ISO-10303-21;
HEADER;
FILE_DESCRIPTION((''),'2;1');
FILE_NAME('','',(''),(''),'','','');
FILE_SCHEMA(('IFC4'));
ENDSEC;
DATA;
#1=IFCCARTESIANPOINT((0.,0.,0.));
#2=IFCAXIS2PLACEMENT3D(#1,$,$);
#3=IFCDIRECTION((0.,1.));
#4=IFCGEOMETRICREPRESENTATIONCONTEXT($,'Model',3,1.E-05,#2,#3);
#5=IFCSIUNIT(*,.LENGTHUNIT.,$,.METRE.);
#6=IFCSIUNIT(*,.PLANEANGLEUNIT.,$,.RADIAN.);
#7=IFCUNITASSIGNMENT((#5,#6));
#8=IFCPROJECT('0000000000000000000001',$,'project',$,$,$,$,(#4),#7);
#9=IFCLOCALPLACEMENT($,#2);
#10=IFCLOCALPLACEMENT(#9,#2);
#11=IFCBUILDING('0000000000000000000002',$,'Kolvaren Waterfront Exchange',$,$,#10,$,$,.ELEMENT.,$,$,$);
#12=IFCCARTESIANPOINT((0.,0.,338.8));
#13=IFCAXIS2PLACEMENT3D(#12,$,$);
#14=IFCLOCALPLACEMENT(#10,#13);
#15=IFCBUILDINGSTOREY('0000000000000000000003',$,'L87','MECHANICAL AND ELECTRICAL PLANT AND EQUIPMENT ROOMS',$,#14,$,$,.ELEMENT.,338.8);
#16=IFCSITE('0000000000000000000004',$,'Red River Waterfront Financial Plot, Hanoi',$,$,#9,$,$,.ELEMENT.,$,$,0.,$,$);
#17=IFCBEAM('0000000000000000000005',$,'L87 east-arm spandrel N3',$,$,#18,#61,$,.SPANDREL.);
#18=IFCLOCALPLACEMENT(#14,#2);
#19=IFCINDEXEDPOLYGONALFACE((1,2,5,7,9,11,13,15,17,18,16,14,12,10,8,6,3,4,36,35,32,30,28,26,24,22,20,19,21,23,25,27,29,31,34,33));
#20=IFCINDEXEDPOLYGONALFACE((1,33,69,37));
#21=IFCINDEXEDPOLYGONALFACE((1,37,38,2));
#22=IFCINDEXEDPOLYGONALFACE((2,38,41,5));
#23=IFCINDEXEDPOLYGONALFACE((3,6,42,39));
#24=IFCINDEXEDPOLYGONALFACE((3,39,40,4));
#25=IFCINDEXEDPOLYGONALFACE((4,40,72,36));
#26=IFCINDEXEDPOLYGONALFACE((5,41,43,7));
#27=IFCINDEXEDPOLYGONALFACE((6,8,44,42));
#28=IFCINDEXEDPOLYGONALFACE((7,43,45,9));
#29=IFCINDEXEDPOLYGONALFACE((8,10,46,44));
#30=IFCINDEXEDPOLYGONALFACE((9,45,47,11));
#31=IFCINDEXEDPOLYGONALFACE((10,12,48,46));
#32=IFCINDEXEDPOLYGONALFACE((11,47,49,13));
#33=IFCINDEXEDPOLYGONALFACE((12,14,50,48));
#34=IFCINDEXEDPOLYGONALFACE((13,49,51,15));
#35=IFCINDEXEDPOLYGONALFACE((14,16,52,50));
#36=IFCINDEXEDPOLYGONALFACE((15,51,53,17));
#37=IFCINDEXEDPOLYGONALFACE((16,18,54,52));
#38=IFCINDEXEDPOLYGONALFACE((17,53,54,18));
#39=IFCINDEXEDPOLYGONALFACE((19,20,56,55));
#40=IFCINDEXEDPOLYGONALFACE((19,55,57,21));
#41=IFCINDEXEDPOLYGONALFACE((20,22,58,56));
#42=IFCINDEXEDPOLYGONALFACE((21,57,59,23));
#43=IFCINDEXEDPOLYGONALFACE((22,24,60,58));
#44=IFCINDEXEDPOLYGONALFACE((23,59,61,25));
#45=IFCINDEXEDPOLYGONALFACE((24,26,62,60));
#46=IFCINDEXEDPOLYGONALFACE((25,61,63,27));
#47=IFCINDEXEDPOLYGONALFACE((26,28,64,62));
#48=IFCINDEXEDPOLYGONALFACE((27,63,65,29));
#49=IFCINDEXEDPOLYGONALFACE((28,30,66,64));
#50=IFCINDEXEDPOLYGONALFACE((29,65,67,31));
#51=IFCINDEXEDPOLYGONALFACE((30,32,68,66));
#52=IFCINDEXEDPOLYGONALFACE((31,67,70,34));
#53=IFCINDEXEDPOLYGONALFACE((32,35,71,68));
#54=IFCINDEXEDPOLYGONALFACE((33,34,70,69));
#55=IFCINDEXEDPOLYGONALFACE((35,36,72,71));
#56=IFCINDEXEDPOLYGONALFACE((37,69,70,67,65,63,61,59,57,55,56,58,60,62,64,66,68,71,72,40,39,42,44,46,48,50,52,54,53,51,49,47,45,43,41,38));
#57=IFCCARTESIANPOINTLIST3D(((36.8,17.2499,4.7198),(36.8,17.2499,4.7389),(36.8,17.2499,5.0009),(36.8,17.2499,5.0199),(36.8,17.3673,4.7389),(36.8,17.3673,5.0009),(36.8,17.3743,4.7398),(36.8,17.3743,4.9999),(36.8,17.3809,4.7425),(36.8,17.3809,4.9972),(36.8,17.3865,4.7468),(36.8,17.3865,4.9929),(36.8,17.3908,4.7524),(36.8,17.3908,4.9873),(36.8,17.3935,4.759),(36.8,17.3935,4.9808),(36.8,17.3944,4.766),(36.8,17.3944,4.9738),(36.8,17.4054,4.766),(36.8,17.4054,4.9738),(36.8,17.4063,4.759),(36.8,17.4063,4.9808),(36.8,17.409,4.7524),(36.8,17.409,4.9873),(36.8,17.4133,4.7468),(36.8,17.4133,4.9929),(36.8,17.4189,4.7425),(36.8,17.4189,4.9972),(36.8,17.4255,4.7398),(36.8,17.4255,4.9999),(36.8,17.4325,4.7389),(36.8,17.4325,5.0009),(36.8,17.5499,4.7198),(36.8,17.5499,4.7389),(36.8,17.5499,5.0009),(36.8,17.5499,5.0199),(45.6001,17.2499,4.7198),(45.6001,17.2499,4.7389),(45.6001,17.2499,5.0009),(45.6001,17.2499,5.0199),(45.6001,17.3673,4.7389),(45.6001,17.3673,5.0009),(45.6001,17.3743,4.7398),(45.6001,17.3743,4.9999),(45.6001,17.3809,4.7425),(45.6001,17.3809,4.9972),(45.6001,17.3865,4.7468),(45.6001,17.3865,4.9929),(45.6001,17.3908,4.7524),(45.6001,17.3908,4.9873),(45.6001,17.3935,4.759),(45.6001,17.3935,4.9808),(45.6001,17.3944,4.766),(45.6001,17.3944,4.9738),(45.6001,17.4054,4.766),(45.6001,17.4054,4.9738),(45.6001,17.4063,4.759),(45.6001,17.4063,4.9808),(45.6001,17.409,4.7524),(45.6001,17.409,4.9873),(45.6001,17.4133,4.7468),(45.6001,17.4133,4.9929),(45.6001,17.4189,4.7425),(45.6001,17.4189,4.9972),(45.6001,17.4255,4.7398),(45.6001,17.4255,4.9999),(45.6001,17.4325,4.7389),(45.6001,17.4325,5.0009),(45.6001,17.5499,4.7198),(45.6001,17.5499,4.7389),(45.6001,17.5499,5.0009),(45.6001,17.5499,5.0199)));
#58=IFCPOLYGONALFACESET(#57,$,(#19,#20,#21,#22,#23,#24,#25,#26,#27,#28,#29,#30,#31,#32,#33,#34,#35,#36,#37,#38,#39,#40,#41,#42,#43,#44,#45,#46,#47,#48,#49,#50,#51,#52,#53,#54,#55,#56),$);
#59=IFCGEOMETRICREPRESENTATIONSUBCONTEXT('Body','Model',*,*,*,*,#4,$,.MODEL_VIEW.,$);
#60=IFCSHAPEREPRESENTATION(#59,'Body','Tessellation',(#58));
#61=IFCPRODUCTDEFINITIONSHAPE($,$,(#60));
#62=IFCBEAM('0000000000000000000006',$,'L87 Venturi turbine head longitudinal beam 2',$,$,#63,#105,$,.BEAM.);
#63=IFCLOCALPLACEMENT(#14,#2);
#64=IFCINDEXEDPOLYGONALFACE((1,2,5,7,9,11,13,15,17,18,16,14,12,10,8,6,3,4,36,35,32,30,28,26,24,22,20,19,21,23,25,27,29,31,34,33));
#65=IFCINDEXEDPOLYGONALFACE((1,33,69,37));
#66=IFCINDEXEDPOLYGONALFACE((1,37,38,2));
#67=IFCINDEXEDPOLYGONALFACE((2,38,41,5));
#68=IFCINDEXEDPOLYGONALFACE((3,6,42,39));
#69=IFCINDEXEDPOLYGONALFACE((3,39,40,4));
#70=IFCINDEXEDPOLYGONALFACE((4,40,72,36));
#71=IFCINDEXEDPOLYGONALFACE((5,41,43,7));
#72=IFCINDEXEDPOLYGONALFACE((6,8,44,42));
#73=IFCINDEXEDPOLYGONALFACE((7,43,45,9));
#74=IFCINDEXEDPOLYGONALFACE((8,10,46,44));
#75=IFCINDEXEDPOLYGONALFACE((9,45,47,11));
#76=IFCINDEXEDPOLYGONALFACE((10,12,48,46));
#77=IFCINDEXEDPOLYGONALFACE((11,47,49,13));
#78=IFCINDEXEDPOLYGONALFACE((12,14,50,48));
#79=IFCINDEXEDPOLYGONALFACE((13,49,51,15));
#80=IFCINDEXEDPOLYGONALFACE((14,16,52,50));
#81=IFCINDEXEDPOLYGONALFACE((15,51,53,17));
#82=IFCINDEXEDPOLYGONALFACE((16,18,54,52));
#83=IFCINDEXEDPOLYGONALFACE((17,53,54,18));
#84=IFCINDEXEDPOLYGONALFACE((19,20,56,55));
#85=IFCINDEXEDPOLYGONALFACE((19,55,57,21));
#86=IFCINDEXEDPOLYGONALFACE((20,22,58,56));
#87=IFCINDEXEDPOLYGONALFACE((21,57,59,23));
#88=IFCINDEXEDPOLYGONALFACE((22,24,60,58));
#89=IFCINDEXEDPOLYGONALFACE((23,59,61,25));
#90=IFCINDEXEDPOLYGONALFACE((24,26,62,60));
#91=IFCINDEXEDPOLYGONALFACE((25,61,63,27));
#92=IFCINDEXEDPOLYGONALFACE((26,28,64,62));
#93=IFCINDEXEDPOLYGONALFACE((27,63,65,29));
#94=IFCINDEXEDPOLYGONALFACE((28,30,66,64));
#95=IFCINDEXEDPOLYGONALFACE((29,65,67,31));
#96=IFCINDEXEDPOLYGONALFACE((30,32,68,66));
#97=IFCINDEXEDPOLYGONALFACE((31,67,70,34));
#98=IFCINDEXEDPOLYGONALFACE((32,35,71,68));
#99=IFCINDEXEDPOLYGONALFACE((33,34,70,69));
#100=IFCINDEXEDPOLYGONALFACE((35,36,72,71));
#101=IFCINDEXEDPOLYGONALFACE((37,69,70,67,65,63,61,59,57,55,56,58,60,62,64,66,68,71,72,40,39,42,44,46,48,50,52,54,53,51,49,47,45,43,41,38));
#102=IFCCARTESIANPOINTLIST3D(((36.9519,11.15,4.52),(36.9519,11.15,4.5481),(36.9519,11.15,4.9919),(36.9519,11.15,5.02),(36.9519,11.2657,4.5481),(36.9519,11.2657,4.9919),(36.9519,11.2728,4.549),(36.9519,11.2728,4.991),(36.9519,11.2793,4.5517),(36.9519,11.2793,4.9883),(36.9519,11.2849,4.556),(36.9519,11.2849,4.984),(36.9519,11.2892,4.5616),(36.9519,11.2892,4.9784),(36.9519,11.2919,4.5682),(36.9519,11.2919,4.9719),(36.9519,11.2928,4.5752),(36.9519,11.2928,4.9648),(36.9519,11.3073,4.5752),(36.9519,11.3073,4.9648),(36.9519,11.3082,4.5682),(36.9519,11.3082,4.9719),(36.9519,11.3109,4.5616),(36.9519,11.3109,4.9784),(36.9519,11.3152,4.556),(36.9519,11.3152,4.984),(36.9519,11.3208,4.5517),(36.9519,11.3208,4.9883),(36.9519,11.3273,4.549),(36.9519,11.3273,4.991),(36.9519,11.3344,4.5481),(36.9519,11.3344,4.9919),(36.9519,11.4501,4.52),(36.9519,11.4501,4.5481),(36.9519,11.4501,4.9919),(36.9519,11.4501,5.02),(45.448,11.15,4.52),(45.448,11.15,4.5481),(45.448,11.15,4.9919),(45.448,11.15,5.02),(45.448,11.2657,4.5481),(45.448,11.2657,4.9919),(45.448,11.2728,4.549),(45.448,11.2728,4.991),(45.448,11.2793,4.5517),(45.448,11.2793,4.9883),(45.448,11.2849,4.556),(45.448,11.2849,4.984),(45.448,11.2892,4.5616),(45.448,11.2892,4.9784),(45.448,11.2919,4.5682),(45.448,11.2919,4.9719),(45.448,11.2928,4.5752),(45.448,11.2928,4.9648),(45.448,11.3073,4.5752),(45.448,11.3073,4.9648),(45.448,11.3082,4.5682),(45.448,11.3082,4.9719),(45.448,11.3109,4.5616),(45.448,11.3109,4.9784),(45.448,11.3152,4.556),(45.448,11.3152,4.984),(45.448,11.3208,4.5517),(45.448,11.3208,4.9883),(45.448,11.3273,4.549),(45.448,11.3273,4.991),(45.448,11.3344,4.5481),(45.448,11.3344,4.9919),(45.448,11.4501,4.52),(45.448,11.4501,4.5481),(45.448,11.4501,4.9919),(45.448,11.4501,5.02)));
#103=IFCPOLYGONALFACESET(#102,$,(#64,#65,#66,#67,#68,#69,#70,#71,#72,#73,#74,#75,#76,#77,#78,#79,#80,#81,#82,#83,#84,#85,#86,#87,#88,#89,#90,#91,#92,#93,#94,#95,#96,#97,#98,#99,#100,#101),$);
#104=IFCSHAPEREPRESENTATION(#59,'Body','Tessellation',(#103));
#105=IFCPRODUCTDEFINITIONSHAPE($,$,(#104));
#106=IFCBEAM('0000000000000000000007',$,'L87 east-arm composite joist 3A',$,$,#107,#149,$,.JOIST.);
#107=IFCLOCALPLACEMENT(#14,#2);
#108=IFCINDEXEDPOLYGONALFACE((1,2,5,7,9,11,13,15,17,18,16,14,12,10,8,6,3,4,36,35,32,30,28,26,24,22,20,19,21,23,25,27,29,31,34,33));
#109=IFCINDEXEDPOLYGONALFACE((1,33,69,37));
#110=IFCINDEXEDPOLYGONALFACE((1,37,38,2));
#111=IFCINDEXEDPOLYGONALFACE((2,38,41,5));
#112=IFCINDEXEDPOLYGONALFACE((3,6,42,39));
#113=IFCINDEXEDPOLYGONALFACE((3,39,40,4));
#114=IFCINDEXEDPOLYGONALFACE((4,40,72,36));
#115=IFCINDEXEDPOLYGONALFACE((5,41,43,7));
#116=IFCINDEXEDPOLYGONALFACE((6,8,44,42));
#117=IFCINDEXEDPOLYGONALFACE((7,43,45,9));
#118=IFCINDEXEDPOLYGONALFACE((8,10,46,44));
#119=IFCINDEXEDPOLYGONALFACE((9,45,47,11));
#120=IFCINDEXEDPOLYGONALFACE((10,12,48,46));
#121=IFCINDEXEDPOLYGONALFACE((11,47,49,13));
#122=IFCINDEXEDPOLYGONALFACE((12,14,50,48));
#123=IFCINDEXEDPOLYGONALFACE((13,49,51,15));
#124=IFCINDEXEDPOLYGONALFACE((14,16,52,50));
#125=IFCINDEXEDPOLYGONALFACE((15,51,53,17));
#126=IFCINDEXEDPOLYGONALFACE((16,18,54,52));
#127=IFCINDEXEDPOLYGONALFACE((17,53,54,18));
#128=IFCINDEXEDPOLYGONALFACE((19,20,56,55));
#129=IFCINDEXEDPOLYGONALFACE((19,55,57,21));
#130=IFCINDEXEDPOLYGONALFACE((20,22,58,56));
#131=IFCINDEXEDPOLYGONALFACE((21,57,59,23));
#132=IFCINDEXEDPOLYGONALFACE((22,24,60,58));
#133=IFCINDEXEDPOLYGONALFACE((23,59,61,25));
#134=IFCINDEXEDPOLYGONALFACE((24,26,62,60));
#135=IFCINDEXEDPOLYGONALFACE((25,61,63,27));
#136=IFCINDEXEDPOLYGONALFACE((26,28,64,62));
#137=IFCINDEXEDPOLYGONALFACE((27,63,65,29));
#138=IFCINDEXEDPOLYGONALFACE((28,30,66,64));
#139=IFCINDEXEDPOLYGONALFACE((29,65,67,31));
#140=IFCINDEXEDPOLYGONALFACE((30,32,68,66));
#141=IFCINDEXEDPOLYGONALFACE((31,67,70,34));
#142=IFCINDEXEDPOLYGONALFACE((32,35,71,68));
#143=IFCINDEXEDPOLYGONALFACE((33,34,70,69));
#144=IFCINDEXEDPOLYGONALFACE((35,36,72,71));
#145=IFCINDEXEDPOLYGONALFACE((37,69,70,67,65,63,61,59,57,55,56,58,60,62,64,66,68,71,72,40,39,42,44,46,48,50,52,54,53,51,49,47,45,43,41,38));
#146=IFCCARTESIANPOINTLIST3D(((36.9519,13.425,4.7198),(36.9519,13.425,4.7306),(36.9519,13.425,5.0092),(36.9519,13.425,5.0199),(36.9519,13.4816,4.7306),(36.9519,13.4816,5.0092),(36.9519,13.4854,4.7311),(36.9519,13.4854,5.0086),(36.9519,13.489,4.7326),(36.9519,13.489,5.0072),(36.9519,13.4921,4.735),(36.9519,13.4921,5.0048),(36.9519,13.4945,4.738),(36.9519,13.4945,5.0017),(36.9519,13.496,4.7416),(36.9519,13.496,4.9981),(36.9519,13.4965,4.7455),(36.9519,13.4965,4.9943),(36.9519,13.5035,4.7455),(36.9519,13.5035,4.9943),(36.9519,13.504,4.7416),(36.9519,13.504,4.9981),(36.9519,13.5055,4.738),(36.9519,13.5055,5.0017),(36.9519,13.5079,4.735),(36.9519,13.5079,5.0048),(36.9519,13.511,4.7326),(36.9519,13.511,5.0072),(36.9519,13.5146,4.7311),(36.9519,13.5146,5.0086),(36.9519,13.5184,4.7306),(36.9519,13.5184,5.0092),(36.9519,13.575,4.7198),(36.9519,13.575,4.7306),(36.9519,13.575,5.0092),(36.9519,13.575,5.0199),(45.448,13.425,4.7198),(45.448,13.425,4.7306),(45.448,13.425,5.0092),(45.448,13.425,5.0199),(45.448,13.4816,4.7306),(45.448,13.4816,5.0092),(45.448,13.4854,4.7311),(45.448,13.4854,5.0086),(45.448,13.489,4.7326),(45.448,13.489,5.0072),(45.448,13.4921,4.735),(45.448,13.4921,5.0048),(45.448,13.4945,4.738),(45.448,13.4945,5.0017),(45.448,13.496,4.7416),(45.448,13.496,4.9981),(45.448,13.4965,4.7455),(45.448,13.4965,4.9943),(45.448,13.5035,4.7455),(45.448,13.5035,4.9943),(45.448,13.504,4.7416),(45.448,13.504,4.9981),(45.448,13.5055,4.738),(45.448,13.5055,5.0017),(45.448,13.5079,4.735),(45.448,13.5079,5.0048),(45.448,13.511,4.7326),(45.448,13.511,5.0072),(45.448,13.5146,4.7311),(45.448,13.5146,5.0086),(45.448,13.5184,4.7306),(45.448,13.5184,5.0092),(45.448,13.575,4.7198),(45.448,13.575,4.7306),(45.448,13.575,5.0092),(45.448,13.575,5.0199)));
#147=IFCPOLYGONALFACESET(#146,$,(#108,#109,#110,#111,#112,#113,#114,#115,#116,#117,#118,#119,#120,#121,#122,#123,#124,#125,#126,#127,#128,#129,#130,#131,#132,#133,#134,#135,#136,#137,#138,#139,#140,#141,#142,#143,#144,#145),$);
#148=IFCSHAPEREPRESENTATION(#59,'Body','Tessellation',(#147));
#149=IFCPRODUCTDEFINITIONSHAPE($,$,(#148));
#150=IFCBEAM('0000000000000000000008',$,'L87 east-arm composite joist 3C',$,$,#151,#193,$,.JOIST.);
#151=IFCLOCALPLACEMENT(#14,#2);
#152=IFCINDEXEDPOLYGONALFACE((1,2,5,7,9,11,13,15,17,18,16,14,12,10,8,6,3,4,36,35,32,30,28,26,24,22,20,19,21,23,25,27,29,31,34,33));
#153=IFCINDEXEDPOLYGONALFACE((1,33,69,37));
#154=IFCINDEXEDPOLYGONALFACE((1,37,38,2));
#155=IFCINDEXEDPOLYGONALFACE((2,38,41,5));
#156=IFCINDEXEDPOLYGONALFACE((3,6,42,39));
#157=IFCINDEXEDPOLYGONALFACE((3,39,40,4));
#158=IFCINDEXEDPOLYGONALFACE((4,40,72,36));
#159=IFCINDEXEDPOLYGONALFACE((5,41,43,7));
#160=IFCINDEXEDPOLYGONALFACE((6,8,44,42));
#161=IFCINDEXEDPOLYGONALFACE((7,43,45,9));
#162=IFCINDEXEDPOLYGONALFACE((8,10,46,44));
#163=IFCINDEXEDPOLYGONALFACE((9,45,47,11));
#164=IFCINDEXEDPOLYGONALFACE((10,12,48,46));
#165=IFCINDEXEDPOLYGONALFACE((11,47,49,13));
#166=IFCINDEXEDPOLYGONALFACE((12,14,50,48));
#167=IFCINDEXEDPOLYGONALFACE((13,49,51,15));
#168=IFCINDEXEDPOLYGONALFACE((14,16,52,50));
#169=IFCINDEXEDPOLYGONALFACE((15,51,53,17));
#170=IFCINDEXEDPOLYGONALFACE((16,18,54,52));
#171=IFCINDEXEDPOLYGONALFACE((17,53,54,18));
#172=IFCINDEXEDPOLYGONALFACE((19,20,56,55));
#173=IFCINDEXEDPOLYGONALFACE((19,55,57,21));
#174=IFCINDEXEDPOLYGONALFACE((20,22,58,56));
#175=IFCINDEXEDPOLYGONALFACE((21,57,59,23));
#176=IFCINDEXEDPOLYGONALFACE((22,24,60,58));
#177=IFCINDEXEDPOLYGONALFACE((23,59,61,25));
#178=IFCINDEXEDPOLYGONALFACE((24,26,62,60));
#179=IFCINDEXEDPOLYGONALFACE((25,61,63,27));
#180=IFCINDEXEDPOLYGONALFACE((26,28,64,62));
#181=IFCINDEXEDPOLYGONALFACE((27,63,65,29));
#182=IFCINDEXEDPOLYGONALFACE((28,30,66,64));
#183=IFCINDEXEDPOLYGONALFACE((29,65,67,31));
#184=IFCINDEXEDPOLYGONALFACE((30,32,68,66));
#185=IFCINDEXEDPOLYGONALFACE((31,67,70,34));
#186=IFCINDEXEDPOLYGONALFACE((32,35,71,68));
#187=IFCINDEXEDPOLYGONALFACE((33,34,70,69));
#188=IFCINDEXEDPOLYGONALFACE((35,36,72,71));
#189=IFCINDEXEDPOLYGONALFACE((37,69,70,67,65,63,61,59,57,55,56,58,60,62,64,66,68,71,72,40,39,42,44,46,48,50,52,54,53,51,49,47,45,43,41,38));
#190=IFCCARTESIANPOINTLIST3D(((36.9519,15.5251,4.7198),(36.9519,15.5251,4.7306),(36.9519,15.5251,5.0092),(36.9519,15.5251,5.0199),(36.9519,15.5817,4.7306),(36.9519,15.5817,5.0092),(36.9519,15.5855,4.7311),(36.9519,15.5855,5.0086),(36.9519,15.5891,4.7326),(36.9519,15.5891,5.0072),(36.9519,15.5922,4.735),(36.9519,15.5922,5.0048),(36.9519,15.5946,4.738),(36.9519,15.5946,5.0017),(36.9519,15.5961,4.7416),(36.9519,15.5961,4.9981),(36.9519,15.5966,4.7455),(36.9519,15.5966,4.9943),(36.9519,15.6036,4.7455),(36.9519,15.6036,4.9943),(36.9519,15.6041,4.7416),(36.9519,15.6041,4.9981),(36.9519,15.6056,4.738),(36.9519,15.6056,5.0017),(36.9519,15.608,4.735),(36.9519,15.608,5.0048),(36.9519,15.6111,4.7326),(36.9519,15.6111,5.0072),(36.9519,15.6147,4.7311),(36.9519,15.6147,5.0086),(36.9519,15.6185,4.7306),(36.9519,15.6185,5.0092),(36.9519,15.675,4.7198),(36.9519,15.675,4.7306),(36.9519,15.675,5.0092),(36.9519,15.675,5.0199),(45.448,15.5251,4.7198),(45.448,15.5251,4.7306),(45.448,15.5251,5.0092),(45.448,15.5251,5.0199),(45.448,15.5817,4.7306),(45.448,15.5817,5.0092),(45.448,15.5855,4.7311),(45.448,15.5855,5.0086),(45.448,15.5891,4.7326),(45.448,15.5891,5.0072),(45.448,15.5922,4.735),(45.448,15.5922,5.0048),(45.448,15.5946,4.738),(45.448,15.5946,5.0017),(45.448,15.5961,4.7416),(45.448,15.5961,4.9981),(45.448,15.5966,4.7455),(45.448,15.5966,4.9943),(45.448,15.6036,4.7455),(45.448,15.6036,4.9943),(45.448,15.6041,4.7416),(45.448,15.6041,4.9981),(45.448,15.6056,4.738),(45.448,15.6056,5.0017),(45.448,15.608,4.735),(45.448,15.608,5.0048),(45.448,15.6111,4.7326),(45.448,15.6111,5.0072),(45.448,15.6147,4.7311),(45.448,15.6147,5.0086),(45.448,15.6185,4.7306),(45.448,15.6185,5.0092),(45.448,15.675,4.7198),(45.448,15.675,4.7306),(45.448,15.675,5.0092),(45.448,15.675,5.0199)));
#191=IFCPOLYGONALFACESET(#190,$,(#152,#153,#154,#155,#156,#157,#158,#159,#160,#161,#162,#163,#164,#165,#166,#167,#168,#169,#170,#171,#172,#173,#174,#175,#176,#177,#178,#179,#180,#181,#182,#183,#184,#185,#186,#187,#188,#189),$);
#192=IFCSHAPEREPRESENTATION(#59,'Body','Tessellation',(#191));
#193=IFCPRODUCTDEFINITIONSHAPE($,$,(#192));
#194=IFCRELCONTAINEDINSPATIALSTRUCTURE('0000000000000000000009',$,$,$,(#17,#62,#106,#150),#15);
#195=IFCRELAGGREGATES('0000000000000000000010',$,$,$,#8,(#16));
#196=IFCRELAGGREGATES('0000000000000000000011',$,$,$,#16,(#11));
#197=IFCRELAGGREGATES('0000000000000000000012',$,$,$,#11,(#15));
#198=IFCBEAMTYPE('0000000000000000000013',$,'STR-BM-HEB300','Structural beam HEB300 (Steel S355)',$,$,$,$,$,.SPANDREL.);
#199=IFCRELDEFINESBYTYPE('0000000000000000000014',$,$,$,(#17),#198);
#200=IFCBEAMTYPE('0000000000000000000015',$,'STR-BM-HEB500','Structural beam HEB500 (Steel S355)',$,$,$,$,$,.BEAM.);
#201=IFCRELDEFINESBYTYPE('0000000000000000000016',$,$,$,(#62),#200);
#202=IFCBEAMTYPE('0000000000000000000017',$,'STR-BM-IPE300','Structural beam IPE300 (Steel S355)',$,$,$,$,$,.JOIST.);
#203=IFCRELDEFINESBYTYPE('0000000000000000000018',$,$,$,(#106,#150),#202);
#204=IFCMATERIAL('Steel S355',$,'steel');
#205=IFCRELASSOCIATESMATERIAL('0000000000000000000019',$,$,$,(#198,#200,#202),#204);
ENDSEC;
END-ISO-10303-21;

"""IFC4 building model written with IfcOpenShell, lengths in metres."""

from ifc_helpers import new_model, si_unit, direction, frame, origin, origin_2d, place, context, subcontext, project, spatial, i_section, extrude, material, material_profile, profile_set, type_object, element, save


model = new_model("IFC4")

# Units and contexts
model_context = context("Model", 3, precision=1e-05, world=origin(), true_north=direction((0.0, 1.0)))
body_context = subcontext(model_context, "Body", "Model", "MODEL_VIEW")
ifc_project = project(units=[si_unit("LENGTHUNIT", "METRE"), si_unit("PLANEANGLEUNIT", "RADIAN")], contexts=[model_context])

# Site, building, storey
site_placement = place(None, origin())
site = spatial("IfcSite", under=ifc_project, at=site_placement, Name="Red River Waterfront Financial Plot, Hanoi", CompositionType="ELEMENT", RefElevation=0.0)
building_placement = place(site_placement, origin())
building = spatial("IfcBuilding", under=site, at=building_placement, Name="Kolvaren Waterfront Exchange", CompositionType="ELEMENT")
storey_placement = place(building_placement, frame((0.0, 0.0, 338.8)))
storey = spatial("IfcBuildingStorey", under=building, at=storey_placement, Name="L87", Description="MECHANICAL AND ELECTRICAL PLANT AND EQUIPMENT ROOMS", CompositionType="ELEMENT", Elevation=338.8)

# Beams
ifc_material_1 = material(Name="Steel S355", Category="steel")
ifc_material_profile_1 = material_profile(ifc_material_1, i_section(OverallWidth=0.3, OverallDepth=0.3, WebThickness=0.011, FlangeThickness=0.019, FilletRadius=0.0271, at=origin_2d()), Name="HEB300")
ifc_profile_set_1 = profile_set([ifc_material_profile_1], Name="Steel S355")
beam_type_1 = type_object("IfcBeamType", Name="STR-BM-HEB300", Description="Structural beam HEB300 (Steel S355)", PredefinedType="SPANDREL", material=ifc_profile_set_1)
beam_1_placement = place(storey_placement, frame((36.8, 17.3999, 4.8699), z_axis=(1.0, 0.0, 0.0), x_axis=(0.0, 1.0, 0.0)))
element("IfcBeam", 1, at=beam_1_placement, inside=storey, type_object=beam_type_1, Name="L87 east-arm spandrel N3", PredefinedType="SPANDREL", context=body_context, shape_type="SweptSolid", body=[
    extrude(i_section(OverallWidth=0.3, OverallDepth=0.3, WebThickness=0.011, FlangeThickness=0.019, FilletRadius=0.0271, at=origin_2d()), origin(), (0.0, 0.0, 1.0), 8.8),
])
ifc_material_profile_2 = material_profile(ifc_material_1, i_section(OverallWidth=0.3, OverallDepth=0.5, WebThickness=0.0144, FlangeThickness=0.0281, FilletRadius=0.0271, at=origin_2d()), Name="HEB500")
ifc_profile_set_2 = profile_set([ifc_material_profile_2], Name="Steel S355")
beam_type_2 = type_object("IfcBeamType", Name="STR-BM-HEB500", Description="Structural beam HEB500 (Steel S355)", PredefinedType="BEAM", material=ifc_profile_set_2)
beam_2_placement = place(storey_placement, frame((36.9519, 11.3, 4.77), z_axis=(1.0, 0.0, 0.0), x_axis=(0.0, 1.0, 0.0)))
element("IfcBeam", 2, at=beam_2_placement, inside=storey, type_object=beam_type_2, Name="L87 Venturi turbine head longitudinal beam 2", PredefinedType="BEAM", context=body_context, shape_type="SweptSolid", body=[
    extrude(i_section(OverallWidth=0.3, OverallDepth=0.5, WebThickness=0.0144, FlangeThickness=0.0281, FilletRadius=0.0271, at=origin_2d()), origin(), (0.0, 0.0, 1.0), 8.4961),
])
ifc_material_profile_3 = material_profile(ifc_material_1, i_section(OverallWidth=0.1499, OverallDepth=0.3, WebThickness=0.0071, FlangeThickness=0.0107, FilletRadius=0.0149, at=origin_2d()), Name="IPE300")
ifc_profile_set_3 = profile_set([ifc_material_profile_3], Name="Steel S355")
beam_type_3 = type_object("IfcBeamType", Name="STR-BM-IPE300", Description="Structural beam IPE300 (Steel S355)", PredefinedType="JOIST", material=ifc_profile_set_3)
for number, where, z_axis, x_axis, name in (
    (3, (36.9519, 13.5, 4.8699), (1.0, 0.0, 0.0), (0.0, 1.0, 0.0), "L87 east-arm composite joist 3A"),
    (4, (36.9519, 15.6001, 4.8699), (1.0, 0.0, 0.0), (0.0, 1.0, 0.0), "L87 east-arm composite joist 3C"),
):
    element("IfcBeam", number, at=place(storey_placement, frame(where, z_axis=z_axis, x_axis=x_axis)), inside=storey, type_object=beam_type_3, Name=name, PredefinedType="JOIST", context=body_context, shape_type="SweptSolid", body=[
        extrude(i_section(OverallWidth=0.1499, OverallDepth=0.3, WebThickness=0.0071, FlangeThickness=0.0107, FilletRadius=0.0149, at=origin_2d()), origin(), (0.0, 0.0, 1.0), 8.4961),
    ])

save(model, "model.ifc")
